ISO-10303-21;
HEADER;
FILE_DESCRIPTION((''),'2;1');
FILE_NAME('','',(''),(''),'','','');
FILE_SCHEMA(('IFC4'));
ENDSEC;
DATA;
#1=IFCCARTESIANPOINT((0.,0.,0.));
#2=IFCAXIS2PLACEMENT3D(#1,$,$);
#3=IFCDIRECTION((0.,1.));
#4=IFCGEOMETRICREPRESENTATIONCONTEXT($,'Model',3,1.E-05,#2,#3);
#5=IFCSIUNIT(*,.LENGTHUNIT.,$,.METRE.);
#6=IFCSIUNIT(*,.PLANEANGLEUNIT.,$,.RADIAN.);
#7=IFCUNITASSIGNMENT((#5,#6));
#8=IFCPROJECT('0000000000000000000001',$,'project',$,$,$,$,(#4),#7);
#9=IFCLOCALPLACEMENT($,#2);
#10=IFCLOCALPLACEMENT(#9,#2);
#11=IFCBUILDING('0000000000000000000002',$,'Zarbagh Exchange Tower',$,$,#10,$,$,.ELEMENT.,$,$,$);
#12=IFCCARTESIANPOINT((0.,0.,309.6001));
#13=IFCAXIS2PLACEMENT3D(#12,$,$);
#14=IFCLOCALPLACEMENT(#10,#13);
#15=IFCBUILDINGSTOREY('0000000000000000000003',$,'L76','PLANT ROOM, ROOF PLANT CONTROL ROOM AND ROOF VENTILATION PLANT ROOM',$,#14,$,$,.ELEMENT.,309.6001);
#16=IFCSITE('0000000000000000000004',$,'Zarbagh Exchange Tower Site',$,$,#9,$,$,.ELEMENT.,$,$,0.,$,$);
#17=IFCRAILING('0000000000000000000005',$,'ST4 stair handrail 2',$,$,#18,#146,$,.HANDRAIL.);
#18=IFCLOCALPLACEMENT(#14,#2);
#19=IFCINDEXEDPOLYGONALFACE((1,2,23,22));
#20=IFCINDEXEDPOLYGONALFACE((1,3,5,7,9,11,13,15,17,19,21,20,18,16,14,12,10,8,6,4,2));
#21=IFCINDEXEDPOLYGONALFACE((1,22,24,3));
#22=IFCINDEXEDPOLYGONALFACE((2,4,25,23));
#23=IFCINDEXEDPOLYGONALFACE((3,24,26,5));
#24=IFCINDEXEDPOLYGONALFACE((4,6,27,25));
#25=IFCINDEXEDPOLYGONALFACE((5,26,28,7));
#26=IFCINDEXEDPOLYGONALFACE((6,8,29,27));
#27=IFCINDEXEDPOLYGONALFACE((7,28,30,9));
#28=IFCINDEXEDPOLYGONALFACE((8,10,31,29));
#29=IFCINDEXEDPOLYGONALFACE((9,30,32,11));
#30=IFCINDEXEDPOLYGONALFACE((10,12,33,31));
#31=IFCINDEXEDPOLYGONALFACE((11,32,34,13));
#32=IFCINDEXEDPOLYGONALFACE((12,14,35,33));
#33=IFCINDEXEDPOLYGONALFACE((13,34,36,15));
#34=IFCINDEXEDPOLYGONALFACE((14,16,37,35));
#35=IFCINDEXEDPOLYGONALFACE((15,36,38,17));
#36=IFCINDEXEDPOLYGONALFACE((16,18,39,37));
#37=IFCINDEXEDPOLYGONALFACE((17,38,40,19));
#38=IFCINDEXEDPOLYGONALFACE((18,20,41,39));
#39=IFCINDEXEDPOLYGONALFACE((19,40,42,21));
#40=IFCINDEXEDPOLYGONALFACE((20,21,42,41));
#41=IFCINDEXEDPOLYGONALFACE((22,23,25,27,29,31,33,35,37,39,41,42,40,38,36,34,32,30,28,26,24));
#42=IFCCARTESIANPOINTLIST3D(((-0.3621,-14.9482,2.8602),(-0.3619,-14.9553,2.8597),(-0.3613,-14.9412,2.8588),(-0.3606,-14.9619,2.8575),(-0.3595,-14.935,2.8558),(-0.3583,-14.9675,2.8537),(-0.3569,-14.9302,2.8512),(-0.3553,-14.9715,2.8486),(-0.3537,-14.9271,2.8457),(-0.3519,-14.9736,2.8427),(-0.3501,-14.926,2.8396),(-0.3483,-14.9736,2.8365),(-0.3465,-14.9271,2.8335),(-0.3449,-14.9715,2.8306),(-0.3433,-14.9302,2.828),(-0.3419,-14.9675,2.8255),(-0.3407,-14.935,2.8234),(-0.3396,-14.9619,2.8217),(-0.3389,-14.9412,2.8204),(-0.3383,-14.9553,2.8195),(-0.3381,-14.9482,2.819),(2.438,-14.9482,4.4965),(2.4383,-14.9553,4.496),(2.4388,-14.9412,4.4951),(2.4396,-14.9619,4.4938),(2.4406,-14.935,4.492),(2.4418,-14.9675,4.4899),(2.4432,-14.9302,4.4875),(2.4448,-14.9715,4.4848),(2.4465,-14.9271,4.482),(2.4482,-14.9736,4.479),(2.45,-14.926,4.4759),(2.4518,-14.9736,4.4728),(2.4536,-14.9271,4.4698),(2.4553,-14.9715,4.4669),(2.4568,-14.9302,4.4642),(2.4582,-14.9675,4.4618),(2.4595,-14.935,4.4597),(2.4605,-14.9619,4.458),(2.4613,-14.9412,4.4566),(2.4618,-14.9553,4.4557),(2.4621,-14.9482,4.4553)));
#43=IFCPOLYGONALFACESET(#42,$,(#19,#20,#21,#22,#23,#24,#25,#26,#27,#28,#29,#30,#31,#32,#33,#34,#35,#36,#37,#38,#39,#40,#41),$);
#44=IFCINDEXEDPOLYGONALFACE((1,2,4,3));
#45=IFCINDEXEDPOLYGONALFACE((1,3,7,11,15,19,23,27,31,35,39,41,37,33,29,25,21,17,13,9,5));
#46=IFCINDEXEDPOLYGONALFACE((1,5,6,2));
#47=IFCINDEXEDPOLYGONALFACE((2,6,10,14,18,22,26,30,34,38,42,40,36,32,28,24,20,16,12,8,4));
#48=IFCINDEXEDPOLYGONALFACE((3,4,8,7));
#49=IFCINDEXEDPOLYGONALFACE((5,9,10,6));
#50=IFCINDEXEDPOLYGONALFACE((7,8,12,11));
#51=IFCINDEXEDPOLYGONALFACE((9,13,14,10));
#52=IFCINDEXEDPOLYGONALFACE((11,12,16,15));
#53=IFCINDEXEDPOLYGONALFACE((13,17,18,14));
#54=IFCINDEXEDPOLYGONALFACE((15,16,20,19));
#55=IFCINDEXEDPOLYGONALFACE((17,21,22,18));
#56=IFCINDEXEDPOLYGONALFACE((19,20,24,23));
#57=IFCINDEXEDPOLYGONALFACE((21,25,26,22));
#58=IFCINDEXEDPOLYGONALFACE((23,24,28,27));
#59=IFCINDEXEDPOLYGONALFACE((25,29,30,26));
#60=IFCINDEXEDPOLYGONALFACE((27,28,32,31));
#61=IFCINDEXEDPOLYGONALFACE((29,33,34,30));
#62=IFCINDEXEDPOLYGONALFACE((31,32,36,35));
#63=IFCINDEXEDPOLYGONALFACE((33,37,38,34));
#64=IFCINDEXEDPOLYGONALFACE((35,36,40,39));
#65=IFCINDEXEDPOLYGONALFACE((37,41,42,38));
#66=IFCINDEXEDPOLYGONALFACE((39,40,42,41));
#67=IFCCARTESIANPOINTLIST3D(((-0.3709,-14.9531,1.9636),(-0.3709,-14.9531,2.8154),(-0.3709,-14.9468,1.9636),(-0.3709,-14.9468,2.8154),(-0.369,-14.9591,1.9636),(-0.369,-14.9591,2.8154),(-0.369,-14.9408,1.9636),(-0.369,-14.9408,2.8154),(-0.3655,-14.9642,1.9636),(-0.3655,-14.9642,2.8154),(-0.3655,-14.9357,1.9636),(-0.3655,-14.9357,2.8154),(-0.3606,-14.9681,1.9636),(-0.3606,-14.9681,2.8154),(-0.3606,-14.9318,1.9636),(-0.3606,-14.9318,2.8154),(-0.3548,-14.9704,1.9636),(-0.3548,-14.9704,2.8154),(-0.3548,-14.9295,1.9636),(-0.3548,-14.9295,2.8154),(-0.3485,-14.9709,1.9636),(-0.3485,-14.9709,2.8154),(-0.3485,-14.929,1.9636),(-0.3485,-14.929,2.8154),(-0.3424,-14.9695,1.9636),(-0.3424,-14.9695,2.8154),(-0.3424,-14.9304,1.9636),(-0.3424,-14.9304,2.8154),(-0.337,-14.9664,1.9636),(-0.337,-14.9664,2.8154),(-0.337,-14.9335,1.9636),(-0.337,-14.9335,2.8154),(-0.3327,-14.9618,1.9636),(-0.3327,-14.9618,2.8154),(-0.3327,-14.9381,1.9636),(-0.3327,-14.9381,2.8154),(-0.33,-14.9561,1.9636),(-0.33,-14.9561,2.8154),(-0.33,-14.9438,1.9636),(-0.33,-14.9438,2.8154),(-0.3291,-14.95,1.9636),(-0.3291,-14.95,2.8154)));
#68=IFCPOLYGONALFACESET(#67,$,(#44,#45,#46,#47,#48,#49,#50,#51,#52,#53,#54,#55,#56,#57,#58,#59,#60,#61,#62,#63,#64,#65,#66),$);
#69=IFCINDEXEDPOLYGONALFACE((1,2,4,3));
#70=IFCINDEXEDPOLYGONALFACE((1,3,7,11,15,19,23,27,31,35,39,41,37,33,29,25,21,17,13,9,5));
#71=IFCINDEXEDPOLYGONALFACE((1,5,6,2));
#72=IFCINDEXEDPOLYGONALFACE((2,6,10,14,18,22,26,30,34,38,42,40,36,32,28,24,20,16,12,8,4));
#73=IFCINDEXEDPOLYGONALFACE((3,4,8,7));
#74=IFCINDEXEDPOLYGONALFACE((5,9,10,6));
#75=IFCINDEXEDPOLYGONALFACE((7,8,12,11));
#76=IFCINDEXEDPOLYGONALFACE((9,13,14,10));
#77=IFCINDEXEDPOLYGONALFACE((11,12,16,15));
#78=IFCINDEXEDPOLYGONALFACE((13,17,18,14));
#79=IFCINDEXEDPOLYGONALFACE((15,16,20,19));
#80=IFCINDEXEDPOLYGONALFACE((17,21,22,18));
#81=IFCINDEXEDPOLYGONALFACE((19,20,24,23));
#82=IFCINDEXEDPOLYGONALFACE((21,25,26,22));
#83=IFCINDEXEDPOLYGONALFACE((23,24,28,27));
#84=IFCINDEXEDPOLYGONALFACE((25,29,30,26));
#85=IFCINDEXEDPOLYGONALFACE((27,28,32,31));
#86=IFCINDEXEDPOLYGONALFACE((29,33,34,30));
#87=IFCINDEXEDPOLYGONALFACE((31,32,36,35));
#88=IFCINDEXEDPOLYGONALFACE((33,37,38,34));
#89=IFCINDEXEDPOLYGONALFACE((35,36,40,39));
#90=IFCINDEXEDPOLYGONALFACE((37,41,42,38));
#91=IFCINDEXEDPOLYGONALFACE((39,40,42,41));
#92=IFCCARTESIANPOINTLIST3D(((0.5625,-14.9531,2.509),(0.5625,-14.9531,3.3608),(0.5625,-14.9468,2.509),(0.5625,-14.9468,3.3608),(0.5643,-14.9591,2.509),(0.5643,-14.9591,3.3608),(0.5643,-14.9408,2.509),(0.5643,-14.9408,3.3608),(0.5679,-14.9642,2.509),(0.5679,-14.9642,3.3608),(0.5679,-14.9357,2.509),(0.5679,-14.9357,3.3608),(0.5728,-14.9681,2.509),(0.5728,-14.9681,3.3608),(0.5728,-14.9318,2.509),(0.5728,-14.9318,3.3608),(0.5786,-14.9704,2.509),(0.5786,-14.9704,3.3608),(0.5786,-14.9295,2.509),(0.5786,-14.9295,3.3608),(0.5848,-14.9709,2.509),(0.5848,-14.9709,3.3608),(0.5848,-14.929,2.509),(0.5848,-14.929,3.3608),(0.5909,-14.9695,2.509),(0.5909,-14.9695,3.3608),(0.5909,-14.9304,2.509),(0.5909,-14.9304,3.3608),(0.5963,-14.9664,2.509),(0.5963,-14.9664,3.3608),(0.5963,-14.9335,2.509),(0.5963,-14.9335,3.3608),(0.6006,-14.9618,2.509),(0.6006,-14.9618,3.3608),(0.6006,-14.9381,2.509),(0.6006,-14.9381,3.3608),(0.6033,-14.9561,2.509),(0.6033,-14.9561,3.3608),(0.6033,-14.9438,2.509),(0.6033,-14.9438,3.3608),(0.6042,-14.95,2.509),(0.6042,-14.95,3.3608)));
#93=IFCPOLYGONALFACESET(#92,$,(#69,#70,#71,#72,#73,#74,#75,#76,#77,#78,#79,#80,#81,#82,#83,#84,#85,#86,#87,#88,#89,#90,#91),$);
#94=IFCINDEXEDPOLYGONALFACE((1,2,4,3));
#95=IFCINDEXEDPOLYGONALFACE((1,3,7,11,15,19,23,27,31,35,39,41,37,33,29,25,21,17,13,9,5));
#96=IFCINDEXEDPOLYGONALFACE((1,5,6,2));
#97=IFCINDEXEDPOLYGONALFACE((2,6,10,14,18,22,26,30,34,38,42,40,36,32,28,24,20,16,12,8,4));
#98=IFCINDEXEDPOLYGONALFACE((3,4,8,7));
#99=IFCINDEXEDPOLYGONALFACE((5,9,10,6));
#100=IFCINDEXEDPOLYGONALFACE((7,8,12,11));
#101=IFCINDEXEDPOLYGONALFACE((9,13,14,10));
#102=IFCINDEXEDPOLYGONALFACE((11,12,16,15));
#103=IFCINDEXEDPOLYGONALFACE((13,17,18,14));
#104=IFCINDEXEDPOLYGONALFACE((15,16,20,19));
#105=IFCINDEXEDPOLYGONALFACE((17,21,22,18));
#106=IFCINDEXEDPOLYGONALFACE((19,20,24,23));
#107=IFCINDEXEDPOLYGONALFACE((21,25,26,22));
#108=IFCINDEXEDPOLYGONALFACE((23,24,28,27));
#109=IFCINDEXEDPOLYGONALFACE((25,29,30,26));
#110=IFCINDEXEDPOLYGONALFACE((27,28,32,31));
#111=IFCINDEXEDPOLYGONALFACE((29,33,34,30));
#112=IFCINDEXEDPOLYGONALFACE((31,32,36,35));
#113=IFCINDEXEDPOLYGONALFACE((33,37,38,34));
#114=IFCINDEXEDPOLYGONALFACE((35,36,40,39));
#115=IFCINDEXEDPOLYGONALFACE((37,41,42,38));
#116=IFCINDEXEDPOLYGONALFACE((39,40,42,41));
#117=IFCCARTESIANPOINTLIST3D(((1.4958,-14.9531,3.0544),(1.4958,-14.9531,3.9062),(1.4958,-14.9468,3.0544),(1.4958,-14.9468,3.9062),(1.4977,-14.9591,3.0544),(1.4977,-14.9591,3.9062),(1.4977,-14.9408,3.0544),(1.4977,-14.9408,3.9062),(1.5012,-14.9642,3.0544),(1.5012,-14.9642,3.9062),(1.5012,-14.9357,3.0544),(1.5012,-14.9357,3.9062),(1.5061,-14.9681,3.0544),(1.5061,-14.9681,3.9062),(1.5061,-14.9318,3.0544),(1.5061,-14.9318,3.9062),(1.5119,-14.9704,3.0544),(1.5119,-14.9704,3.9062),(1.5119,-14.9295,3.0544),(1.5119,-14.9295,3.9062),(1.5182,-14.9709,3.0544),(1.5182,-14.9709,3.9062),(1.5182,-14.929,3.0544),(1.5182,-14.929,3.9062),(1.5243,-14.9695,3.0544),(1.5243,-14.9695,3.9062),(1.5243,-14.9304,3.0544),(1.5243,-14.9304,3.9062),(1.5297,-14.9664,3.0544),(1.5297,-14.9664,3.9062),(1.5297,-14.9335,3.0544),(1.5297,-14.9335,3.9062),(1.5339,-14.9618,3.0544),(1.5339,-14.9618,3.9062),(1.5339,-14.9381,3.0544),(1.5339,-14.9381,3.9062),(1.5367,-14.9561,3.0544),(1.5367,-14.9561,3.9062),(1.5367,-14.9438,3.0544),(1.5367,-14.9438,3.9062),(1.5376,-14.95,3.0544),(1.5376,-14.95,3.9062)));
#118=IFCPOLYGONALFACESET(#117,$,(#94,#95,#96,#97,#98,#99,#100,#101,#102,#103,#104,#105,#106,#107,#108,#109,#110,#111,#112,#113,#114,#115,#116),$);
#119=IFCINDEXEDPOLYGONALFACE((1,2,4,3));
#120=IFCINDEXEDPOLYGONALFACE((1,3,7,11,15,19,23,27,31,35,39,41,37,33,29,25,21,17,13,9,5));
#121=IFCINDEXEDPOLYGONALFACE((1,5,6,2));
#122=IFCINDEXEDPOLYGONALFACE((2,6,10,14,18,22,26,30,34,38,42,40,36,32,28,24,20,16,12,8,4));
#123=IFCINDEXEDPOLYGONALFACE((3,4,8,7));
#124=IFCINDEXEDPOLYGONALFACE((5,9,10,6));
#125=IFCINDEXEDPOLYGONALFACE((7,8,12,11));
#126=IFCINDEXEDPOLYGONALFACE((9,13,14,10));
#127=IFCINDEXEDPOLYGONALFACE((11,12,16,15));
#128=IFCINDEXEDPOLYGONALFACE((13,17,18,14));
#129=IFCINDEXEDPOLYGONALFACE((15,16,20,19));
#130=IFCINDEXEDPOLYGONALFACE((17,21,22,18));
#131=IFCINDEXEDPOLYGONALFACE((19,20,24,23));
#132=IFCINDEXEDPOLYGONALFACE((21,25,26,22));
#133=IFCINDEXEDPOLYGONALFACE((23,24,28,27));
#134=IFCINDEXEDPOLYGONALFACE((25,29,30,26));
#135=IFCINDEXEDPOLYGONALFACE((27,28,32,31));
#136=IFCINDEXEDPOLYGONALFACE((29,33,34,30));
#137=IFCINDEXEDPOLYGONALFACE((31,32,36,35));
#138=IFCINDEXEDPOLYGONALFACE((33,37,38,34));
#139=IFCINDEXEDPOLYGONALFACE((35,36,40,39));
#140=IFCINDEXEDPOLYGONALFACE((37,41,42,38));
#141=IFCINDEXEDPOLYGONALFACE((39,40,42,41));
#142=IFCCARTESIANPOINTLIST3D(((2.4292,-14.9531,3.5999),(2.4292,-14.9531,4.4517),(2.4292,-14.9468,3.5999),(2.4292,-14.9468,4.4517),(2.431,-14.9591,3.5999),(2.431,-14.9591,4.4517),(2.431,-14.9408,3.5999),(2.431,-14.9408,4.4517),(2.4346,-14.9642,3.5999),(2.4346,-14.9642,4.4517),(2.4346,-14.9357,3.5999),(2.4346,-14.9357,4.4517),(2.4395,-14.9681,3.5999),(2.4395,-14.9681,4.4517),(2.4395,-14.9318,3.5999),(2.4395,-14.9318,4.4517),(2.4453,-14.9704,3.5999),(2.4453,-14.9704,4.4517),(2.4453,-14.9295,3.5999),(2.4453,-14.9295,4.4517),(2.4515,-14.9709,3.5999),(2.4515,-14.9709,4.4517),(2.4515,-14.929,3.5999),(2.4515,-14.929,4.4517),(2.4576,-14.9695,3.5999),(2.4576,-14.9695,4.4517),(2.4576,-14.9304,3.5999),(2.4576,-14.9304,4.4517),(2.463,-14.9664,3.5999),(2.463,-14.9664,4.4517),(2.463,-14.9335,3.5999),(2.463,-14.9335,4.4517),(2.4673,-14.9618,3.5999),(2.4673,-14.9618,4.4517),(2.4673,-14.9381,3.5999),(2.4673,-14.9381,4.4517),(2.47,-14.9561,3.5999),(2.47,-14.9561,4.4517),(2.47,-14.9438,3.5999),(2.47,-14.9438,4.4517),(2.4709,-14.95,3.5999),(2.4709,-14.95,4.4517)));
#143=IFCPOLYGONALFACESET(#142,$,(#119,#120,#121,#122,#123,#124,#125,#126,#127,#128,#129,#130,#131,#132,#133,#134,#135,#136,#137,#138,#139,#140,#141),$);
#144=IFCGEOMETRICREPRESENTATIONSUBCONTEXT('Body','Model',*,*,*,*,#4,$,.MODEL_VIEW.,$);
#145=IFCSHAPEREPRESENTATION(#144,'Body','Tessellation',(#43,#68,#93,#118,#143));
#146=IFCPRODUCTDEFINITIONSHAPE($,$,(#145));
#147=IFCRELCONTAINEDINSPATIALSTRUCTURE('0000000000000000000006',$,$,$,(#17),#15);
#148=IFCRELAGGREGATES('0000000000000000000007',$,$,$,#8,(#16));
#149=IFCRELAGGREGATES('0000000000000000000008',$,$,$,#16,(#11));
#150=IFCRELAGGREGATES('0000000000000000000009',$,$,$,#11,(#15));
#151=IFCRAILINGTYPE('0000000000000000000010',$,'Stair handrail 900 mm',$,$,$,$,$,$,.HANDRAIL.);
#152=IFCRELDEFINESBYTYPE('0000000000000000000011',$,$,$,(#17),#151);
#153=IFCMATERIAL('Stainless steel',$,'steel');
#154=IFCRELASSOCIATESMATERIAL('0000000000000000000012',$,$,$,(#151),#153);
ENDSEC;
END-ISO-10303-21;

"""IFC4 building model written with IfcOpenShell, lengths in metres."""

from ifc_helpers import new_model, si_unit, direction, frame, origin, origin_2d, place, context, subcontext, project, spatial, circle, extrude, material, type_object, element, save


model = new_model("IFC4")

# Units and contexts
model_context = context("Model", 3, precision=1e-05, world=origin(), true_north=direction((0.0, 1.0)))
body_context = subcontext(model_context, "Body", "Model", "MODEL_VIEW")
ifc_project = project(units=[si_unit("LENGTHUNIT", "METRE"), si_unit("PLANEANGLEUNIT", "RADIAN")], contexts=[model_context])

# Site, building, storey
site_placement = place(None, origin())
site = spatial("IfcSite", under=ifc_project, at=site_placement, Name="Zarbagh Exchange Tower Site", CompositionType="ELEMENT", RefElevation=0.0)
building_placement = place(site_placement, origin())
building = spatial("IfcBuilding", under=site, at=building_placement, Name="Zarbagh Exchange Tower", CompositionType="ELEMENT")
storey_placement = place(building_placement, frame((0.0, 0.0, 309.6001)))
storey = spatial("IfcBuildingStorey", under=building, at=storey_placement, Name="L76", Description="PLANT ROOM, ROOF PLANT CONTROL ROOM AND ROOF VENTILATION PLANT ROOM", CompositionType="ELEMENT", Elevation=309.6001)

# Railing
ifc_material_1 = material(Name="Stainless steel", Category="steel")
railing_type_1 = type_object("IfcRailingType", Name="Stair handrail 900 mm", PredefinedType="HANDRAIL", material=ifc_material_1)
railing_1_placement = place(storey_placement, frame((-0.3501, -14.95, 1.9636)))
element("IfcRailing", 1, at=railing_1_placement, inside=storey, type_object=railing_type_1, Name="ST4 stair handrail 2", PredefinedType="HANDRAIL", context=body_context, shape_type="SweptSolid", body=[
    extrude(circle(Radius=0.0239, at=origin_2d()), frame((0.0, 0.0, 0.876), z_axis=(0.863394, 0.0, 0.504531), x_axis=(0.0, 1.0, 0.0)), (0.0, 0.0, 1.0), 3.2432),
    extrude(circle(Radius=0.021, at=origin_2d()), origin(), (0.0, 0.0, 1.0), 0.8518),
    extrude(circle(Radius=0.021, at=origin_2d()), frame((0.9333, 0.0, 0.5454)), (0.0, 0.0, 1.0), 0.8518),
    extrude(circle(Radius=0.021, at=origin_2d()), frame((1.8667, 0.0, 1.0908)), (0.0, 0.0, 1.0), 0.8518),
    extrude(circle(Radius=0.021, at=origin_2d()), frame((2.8, 0.0, 1.6362)), (0.0, 0.0, 1.0), 0.8518),
])

save(model, "model.ifc")
